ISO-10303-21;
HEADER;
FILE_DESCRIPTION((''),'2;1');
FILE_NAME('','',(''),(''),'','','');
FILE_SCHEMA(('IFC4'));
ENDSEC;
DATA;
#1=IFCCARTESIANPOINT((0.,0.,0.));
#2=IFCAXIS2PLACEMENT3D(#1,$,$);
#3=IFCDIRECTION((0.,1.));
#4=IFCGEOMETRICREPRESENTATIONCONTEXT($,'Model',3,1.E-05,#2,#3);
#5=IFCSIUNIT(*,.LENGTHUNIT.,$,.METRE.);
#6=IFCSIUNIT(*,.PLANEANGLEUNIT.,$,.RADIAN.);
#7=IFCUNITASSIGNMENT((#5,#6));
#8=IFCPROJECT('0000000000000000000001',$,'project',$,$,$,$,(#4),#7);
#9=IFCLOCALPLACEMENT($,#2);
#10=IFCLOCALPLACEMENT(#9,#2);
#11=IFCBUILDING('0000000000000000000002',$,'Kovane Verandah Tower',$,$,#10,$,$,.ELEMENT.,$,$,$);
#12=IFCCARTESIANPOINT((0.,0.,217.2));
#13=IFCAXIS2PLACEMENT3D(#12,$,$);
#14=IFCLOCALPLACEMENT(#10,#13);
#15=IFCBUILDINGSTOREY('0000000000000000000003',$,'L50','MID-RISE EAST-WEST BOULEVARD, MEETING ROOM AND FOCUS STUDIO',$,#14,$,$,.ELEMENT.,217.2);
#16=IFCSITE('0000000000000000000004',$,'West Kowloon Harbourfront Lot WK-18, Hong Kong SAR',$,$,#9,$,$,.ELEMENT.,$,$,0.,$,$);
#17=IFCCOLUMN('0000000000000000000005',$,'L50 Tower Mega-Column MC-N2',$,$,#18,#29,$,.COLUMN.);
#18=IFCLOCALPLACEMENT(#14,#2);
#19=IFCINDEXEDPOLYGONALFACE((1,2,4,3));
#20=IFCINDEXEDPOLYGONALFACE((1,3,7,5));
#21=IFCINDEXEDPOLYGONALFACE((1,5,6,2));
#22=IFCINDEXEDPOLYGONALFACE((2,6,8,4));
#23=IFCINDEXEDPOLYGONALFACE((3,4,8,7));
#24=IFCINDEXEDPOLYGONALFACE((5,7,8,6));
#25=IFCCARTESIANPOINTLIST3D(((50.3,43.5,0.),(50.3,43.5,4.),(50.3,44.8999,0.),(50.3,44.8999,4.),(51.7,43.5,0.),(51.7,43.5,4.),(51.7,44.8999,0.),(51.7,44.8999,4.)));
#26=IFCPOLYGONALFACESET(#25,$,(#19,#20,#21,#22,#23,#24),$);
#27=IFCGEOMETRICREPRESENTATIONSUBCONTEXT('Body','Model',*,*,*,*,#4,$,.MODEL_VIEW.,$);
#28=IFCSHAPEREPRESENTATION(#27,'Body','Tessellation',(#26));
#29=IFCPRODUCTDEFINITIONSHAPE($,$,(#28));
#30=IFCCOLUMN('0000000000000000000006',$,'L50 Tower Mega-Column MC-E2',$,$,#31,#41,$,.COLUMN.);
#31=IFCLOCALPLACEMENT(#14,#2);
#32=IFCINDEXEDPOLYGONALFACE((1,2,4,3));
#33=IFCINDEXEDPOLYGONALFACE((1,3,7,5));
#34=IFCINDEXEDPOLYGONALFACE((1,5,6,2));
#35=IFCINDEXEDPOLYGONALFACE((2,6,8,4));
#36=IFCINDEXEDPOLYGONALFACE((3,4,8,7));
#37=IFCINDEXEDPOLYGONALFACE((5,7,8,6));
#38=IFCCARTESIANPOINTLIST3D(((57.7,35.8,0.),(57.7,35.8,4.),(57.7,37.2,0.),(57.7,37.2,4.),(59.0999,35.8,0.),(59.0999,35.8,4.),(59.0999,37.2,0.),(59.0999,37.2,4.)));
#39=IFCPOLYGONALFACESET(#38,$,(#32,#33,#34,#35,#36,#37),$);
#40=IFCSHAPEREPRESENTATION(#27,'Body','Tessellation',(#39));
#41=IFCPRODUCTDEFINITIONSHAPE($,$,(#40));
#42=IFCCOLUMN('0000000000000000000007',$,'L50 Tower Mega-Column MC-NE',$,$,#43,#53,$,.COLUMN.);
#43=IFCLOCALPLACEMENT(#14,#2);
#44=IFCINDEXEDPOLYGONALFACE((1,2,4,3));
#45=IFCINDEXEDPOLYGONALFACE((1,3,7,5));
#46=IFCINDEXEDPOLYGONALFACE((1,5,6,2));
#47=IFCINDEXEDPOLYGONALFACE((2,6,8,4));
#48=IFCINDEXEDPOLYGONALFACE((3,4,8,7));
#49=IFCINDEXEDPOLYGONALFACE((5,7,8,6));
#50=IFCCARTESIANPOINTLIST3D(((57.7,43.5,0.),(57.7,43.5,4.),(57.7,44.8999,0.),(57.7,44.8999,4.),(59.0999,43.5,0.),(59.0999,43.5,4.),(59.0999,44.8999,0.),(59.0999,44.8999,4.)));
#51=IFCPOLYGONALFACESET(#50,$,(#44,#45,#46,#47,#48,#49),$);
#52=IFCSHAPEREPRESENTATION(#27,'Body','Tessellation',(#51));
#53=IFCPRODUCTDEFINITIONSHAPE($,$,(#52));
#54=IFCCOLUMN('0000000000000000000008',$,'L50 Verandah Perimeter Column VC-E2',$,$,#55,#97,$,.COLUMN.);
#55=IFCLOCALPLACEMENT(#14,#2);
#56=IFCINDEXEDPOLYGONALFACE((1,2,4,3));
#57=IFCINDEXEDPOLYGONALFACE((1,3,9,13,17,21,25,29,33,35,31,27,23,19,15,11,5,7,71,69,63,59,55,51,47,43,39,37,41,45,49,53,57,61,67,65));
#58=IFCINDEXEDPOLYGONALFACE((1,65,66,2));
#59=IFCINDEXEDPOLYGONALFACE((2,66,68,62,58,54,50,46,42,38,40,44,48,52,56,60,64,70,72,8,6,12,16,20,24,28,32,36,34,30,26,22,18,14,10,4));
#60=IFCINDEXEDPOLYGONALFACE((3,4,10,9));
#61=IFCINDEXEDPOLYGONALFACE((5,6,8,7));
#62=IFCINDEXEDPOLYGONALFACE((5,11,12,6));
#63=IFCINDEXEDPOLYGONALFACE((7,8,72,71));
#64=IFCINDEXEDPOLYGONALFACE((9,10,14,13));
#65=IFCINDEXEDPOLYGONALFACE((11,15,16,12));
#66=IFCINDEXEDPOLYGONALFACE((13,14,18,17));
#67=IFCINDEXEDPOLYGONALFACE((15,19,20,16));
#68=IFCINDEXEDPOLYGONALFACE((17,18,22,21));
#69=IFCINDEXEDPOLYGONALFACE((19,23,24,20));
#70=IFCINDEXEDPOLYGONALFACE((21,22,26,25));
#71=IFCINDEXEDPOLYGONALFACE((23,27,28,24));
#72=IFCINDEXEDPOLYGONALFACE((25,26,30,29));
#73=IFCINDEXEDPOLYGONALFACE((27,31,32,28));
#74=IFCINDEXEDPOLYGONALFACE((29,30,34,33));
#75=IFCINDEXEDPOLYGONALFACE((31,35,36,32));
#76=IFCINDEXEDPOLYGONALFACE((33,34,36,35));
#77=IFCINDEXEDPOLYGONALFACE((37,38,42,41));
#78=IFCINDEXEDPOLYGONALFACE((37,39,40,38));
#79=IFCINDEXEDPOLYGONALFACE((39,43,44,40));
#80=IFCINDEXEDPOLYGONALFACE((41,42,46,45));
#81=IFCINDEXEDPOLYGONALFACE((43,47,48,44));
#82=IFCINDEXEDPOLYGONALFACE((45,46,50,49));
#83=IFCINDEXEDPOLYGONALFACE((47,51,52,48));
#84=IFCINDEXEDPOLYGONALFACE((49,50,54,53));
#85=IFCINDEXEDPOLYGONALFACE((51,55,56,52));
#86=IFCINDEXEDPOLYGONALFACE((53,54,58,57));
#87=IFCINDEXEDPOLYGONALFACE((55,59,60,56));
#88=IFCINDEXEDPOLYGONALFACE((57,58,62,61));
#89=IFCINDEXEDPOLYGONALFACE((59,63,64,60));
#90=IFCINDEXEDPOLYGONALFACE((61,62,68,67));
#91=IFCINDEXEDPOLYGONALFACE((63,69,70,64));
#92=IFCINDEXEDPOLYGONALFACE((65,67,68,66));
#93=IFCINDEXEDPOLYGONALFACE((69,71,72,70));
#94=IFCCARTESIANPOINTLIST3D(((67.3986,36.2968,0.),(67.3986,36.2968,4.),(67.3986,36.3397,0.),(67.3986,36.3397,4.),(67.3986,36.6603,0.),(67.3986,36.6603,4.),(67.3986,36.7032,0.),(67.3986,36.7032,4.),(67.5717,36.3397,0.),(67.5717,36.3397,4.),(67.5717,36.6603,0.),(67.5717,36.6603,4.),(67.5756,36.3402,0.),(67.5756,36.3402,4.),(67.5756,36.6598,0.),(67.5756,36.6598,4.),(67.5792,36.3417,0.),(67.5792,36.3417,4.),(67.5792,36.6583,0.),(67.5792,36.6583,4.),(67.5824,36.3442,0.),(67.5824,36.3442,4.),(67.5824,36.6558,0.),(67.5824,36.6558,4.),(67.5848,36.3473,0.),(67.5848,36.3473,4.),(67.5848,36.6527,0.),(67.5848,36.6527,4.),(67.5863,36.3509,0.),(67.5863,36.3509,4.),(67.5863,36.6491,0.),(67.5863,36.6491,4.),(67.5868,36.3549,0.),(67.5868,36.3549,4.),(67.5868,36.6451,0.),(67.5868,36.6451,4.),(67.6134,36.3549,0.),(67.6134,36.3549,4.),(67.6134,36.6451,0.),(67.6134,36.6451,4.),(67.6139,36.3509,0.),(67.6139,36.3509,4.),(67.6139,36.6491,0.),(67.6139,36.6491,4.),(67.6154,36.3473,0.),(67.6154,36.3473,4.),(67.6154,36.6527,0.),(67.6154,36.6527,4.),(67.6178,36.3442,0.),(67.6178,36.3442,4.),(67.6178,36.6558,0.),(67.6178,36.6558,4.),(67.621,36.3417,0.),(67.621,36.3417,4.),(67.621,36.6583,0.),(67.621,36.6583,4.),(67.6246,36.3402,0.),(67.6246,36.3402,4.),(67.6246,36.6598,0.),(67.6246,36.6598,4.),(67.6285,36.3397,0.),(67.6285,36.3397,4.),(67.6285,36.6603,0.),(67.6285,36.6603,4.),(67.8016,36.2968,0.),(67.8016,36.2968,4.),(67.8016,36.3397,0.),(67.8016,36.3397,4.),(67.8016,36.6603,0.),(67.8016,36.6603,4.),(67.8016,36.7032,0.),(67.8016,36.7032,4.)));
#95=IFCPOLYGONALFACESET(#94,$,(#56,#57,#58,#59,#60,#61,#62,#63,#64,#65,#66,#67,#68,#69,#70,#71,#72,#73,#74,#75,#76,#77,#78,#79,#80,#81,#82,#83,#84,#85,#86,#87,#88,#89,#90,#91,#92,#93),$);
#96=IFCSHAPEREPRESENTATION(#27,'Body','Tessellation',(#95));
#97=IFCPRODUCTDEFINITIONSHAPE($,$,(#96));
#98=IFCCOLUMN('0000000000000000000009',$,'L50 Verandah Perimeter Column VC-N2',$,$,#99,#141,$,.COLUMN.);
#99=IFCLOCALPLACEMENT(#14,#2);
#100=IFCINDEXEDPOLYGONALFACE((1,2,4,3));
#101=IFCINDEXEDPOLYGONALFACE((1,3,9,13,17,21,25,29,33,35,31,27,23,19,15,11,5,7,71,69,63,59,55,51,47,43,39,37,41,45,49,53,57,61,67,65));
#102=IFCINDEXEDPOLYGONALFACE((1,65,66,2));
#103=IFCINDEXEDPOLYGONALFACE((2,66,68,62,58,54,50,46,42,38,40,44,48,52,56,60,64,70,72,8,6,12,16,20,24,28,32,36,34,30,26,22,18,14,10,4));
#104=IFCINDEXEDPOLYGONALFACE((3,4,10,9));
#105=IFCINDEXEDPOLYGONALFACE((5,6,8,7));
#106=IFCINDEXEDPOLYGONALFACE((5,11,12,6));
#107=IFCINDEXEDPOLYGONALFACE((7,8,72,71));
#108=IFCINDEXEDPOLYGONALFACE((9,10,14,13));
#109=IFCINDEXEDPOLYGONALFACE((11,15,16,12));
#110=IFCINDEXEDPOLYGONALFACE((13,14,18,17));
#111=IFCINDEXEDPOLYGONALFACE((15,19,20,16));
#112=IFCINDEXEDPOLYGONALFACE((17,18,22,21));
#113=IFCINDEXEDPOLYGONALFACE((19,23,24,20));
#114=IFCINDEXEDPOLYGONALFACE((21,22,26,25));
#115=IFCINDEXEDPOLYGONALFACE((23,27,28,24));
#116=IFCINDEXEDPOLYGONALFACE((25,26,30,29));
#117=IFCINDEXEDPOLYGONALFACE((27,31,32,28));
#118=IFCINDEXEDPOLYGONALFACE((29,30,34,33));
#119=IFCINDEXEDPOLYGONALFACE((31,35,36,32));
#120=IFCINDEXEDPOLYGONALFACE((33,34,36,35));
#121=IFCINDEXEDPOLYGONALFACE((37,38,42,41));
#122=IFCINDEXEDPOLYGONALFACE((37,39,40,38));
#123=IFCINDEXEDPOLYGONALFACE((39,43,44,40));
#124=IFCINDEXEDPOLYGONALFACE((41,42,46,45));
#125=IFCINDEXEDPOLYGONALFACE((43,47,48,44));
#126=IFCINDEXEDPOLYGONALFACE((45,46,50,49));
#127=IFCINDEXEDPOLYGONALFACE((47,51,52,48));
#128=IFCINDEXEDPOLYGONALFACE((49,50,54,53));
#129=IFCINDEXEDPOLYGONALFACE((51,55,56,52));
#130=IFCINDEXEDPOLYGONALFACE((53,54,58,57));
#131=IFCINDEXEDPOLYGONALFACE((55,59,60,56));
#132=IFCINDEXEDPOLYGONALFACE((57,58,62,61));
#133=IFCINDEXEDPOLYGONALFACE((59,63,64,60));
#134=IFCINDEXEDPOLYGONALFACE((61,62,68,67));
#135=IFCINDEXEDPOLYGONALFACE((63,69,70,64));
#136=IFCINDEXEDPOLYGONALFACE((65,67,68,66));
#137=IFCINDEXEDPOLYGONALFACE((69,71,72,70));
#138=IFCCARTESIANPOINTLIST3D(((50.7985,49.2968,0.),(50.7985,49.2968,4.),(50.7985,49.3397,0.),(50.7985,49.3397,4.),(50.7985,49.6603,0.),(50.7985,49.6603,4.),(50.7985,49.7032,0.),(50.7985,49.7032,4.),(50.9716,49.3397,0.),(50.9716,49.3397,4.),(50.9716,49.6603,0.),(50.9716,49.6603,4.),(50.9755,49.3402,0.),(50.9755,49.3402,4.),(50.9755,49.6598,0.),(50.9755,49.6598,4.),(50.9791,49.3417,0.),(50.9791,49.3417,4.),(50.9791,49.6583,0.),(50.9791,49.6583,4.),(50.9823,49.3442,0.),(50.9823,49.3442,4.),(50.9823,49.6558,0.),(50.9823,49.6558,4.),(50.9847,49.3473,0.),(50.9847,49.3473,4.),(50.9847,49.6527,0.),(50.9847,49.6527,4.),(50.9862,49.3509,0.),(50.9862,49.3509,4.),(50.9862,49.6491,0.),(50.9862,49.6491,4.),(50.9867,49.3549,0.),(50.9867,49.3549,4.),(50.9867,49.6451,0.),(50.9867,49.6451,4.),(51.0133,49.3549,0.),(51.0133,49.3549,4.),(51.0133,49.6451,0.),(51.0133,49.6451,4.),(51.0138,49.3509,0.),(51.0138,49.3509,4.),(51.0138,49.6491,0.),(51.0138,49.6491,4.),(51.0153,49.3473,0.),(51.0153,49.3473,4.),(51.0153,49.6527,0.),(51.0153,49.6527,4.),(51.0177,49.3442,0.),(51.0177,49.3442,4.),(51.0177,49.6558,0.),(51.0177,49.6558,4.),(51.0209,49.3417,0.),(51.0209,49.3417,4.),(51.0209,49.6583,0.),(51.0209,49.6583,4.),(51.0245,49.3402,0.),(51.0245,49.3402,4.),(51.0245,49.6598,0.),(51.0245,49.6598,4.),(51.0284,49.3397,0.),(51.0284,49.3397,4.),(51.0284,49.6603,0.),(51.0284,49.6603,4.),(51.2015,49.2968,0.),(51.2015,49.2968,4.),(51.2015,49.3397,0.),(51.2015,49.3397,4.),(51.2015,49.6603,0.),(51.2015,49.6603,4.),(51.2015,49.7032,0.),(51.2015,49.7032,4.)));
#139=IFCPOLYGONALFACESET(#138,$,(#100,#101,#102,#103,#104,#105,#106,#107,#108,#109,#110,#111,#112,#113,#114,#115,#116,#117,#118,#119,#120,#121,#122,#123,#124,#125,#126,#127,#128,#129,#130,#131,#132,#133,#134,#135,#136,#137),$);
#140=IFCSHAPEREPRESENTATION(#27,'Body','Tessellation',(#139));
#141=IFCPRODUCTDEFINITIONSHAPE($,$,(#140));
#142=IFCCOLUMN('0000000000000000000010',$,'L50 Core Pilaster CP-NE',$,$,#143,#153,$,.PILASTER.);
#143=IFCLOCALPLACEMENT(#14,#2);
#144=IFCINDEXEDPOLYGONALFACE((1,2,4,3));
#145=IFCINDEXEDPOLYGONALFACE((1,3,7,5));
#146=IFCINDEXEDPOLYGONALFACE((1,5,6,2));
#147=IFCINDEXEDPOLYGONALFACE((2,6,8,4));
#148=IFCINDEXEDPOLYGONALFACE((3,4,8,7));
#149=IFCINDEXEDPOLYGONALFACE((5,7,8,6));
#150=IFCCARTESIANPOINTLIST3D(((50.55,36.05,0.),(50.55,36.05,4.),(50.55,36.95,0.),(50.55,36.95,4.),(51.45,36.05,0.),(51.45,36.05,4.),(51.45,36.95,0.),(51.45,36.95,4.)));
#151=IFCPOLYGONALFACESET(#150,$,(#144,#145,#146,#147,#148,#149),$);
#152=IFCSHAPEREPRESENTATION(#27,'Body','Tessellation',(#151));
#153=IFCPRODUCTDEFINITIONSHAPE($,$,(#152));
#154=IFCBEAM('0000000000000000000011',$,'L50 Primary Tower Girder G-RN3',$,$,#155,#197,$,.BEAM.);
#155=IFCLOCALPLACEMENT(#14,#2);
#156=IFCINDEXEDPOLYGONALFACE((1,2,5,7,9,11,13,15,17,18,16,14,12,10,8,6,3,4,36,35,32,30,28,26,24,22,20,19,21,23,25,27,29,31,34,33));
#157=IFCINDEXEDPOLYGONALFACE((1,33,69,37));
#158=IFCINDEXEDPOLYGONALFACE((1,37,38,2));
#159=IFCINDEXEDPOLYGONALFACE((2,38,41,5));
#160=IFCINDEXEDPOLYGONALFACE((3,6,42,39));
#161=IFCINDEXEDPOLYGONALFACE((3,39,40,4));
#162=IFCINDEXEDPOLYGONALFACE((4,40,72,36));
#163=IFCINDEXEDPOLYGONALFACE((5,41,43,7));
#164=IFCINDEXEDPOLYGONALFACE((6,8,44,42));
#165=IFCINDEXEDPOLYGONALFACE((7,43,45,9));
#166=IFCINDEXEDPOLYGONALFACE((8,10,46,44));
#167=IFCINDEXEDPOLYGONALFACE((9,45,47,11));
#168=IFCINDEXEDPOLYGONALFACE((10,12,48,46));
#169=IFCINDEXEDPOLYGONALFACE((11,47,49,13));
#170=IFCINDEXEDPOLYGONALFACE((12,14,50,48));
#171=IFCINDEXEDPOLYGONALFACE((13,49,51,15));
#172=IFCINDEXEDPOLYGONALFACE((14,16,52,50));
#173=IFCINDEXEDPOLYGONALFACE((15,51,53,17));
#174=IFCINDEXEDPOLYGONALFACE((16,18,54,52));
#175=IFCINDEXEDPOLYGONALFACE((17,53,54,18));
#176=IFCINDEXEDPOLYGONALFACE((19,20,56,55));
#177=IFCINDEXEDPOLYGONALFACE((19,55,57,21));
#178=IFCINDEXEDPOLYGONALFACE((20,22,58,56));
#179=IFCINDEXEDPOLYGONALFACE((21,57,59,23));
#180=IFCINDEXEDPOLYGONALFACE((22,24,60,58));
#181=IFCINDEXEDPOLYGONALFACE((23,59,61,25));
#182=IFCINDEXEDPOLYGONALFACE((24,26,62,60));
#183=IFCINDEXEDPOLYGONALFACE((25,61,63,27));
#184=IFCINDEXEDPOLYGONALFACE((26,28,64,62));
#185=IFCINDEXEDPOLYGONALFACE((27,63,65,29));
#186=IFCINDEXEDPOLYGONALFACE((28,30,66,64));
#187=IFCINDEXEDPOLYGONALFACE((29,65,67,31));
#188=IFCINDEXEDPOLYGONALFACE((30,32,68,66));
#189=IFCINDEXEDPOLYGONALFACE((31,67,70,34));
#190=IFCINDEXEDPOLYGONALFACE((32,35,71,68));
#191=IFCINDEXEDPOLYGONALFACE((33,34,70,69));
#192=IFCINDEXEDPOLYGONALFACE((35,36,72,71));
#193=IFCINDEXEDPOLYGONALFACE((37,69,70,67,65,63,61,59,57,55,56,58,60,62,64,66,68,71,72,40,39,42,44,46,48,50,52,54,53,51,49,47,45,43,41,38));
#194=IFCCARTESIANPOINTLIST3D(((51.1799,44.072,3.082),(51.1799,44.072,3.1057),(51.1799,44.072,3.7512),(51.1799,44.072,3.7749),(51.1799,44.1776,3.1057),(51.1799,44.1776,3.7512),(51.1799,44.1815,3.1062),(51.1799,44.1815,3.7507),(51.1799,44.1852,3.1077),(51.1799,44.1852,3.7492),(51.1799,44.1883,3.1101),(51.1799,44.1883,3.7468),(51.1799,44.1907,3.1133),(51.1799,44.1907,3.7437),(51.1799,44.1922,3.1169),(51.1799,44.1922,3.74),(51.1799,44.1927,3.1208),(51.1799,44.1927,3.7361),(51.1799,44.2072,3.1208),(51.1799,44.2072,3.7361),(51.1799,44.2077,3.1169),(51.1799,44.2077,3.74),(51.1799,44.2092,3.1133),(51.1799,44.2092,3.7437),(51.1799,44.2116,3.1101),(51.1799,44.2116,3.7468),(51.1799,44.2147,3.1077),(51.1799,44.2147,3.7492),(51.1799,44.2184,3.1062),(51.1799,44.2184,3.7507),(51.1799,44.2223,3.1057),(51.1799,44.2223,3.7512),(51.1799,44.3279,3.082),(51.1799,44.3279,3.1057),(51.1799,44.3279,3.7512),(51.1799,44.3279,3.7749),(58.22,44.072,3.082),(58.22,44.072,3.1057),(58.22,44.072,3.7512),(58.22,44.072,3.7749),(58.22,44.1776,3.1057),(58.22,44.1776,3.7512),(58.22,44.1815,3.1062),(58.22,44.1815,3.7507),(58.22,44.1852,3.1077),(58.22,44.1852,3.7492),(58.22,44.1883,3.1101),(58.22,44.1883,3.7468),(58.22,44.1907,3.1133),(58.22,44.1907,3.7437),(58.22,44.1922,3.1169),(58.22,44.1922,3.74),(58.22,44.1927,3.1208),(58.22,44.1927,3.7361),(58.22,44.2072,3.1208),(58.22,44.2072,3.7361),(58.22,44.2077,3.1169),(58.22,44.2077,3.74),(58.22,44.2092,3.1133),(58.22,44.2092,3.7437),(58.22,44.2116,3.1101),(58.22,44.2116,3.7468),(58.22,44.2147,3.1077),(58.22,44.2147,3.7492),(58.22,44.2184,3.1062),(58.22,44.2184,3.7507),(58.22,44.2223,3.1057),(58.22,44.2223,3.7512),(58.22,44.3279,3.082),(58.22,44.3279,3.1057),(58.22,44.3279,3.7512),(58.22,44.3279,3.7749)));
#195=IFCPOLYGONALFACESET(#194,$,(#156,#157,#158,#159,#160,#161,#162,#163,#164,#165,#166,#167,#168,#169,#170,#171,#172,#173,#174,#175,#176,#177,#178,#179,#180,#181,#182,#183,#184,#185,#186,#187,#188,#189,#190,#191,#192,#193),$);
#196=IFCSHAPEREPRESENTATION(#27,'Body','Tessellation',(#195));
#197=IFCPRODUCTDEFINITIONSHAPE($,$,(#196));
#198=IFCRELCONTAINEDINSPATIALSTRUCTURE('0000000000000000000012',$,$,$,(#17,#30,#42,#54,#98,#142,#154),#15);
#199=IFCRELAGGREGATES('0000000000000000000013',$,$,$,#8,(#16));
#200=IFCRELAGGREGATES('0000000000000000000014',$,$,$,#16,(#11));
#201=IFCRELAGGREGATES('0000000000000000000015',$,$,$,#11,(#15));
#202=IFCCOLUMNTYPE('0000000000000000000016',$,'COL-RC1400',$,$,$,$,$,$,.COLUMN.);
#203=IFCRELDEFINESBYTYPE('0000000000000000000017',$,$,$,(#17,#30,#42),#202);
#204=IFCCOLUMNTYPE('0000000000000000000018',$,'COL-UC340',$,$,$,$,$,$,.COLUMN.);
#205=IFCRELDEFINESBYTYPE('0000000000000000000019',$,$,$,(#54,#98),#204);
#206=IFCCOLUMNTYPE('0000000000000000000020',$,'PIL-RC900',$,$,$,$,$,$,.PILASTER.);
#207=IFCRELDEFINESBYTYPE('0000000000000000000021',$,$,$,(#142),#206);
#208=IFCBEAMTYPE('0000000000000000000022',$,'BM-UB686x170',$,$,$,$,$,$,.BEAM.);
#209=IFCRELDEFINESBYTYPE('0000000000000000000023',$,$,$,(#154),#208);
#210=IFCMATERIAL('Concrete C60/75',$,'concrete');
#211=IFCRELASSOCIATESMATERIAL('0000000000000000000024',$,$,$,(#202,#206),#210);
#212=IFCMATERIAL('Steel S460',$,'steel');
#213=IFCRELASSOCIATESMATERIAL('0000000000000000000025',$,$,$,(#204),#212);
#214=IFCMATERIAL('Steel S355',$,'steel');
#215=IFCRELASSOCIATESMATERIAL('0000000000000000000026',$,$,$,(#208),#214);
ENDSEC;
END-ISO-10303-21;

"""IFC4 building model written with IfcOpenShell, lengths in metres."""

from ifc_helpers import new_model, si_unit, direction, frame, origin, origin_2d, place, context, subcontext, project, spatial, rectangle, i_section, extrude, material, material_profile, profile_set, type_object, element, save


model = new_model("IFC4")

# Units and contexts
model_context = context("Model", 3, precision=1e-05, world=origin(), true_north=direction((0.0, 1.0)))
body_context = subcontext(model_context, "Body", "Model", "MODEL_VIEW")
ifc_project = project(units=[si_unit("LENGTHUNIT", "METRE"), si_unit("PLANEANGLEUNIT", "RADIAN")], contexts=[model_context])

# Site, building, storey
site_placement = place(None, origin())
site = spatial("IfcSite", under=ifc_project, at=site_placement, Name="West Kowloon Harbourfront Lot WK-18, Hong Kong SAR", CompositionType="ELEMENT", RefElevation=0.0)
building_placement = place(site_placement, origin())
building = spatial("IfcBuilding", under=site, at=building_placement, Name="Kovane Verandah Tower", CompositionType="ELEMENT")
storey_placement = place(building_placement, frame((0.0, 0.0, 217.2)))
storey = spatial("IfcBuildingStorey", under=building, at=storey_placement, Name="L50", Description="MID-RISE EAST-WEST BOULEVARD, MEETING ROOM AND FOCUS STUDIO", CompositionType="ELEMENT", Elevation=217.2)

# Columns
ifc_material_1 = material(Name="Concrete C60/75", Category="concrete")
ifc_material_profile_1 = material_profile(ifc_material_1, rectangle(XDim=1.3999, YDim=1.3999, at=origin_2d()), Name="RC1400x1400")
ifc_profile_set_1 = profile_set([ifc_material_profile_1], Name="Concrete C60/75")
column_type_1 = type_object("IfcColumnType", Name="COL-RC1400", PredefinedType="COLUMN", material=ifc_profile_set_1)
for number, where, z_axis, x_axis, name in (
    (1, (51.0, 44.2, 0.0), (0.0, 0.0, 1.0), (1.0, 0.0, 0.0), "L50 Tower Mega-Column MC-N2"),
    (2, (58.3999, 36.5, 0.0), (0.0, 0.0, 1.0), (1.0, 0.0, 0.0), "L50 Tower Mega-Column MC-E2"),
    (3, (58.3999, 44.2, 0.0), (0.0, 0.0, 1.0), (1.0, 0.0, 0.0), "L50 Tower Mega-Column MC-NE"),
):
    element("IfcColumn", number, at=place(storey_placement, frame(where, z_axis=z_axis, x_axis=x_axis)), inside=storey, type_object=column_type_1, Name=name, PredefinedType="COLUMN", context=body_context, shape_type="SweptSolid", body=[
        extrude(rectangle(XDim=1.3999, YDim=1.3999, at=origin_2d()), origin(), (0.0, 0.0, 1.0), 4.0),
    ])
ifc_material_2 = material(Name="Steel S460", Category="steel")
ifc_material_profile_2 = material_profile(ifc_material_2, i_section(OverallWidth=0.4031, OverallDepth=0.4065, WebThickness=0.0266, FlangeThickness=0.043, FilletRadius=0.0151, at=origin_2d()), Name="UC356x406x340")
ifc_profile_set_2 = profile_set([ifc_material_profile_2], Name="Steel S460")
column_type_2 = type_object("IfcColumnType", Name="COL-UC340", PredefinedType="COLUMN", material=ifc_profile_set_2)
for number, where, z_axis, x_axis, name in (
    (4, (67.6001, 36.5, 0.0), (0.0, 0.0, 1.0), (1.0, 0.0, 0.0), "L50 Verandah Perimeter Column VC-E2"),
    (5, (51.0, 49.5, 0.0), (0.0, 0.0, 1.0), (1.0, 0.0, 0.0), "L50 Verandah Perimeter Column VC-N2"),
):
    element("IfcColumn", number, at=place(storey_placement, frame(where, z_axis=z_axis, x_axis=x_axis)), inside=storey, type_object=column_type_2, Name=name, PredefinedType="COLUMN", context=body_context, shape_type="SweptSolid", body=[
        extrude(i_section(OverallWidth=0.4031, OverallDepth=0.4065, WebThickness=0.0266, FlangeThickness=0.043, FilletRadius=0.0151, at=origin_2d()), origin(), (0.0, 0.0, 1.0), 4.0),
    ])
ifc_material_profile_3 = material_profile(ifc_material_1, rectangle(XDim=0.8999, YDim=0.8999, at=origin_2d()), Name="RC900x900")
ifc_profile_set_3 = profile_set([ifc_material_profile_3], Name="Concrete C60/75")
column_type_3 = type_object("IfcColumnType", Name="PIL-RC900", PredefinedType="PILASTER", material=ifc_profile_set_3)
column_placement = place(storey_placement, frame((51.0, 36.5, 0.0), z_axis=(0.0, 0.0, 1.0), x_axis=(1.0, 0.0, 0.0)))
element("IfcColumn", 6, at=column_placement, inside=storey, type_object=column_type_3, Name="L50 Core Pilaster CP-NE", PredefinedType="PILASTER", context=body_context, shape_type="SweptSolid", body=[
    extrude(rectangle(XDim=0.8999, YDim=0.8999, at=origin_2d()), origin(), (0.0, 0.0, 1.0), 4.0),
])

# Beam
ifc_material_3 = material(Name="Steel S355", Category="steel")
ifc_material_profile_4 = material_profile(ifc_material_3, i_section(OverallWidth=0.2559, OverallDepth=0.6929, WebThickness=0.0144, FlangeThickness=0.0237, FilletRadius=0.0151, at=origin_2d()), Name="UB686x254x170")
ifc_profile_set_4 = profile_set([ifc_material_profile_4], Name="Steel S355")
beam_type_1 = type_object("IfcBeamType", Name="BM-UB686x170", PredefinedType="BEAM", material=ifc_profile_set_4)
beam_1_placement = place(storey_placement, frame((51.1799, 44.2, 3.4285), z_axis=(1.0, 0.0, 0.0), x_axis=(0.0, 1.0, 0.0)))
element("IfcBeam", 7, at=beam_1_placement, inside=storey, type_object=beam_type_1, Name="L50 Primary Tower Girder G-RN3", PredefinedType="BEAM", context=body_context, shape_type="SweptSolid", body=[
    extrude(i_section(OverallWidth=0.2559, OverallDepth=0.6929, WebThickness=0.0144, FlangeThickness=0.0237, FilletRadius=0.0151, at=origin_2d()), origin(), (0.0, 0.0, 1.0), 7.04),
])

save(model, "model.ifc")
